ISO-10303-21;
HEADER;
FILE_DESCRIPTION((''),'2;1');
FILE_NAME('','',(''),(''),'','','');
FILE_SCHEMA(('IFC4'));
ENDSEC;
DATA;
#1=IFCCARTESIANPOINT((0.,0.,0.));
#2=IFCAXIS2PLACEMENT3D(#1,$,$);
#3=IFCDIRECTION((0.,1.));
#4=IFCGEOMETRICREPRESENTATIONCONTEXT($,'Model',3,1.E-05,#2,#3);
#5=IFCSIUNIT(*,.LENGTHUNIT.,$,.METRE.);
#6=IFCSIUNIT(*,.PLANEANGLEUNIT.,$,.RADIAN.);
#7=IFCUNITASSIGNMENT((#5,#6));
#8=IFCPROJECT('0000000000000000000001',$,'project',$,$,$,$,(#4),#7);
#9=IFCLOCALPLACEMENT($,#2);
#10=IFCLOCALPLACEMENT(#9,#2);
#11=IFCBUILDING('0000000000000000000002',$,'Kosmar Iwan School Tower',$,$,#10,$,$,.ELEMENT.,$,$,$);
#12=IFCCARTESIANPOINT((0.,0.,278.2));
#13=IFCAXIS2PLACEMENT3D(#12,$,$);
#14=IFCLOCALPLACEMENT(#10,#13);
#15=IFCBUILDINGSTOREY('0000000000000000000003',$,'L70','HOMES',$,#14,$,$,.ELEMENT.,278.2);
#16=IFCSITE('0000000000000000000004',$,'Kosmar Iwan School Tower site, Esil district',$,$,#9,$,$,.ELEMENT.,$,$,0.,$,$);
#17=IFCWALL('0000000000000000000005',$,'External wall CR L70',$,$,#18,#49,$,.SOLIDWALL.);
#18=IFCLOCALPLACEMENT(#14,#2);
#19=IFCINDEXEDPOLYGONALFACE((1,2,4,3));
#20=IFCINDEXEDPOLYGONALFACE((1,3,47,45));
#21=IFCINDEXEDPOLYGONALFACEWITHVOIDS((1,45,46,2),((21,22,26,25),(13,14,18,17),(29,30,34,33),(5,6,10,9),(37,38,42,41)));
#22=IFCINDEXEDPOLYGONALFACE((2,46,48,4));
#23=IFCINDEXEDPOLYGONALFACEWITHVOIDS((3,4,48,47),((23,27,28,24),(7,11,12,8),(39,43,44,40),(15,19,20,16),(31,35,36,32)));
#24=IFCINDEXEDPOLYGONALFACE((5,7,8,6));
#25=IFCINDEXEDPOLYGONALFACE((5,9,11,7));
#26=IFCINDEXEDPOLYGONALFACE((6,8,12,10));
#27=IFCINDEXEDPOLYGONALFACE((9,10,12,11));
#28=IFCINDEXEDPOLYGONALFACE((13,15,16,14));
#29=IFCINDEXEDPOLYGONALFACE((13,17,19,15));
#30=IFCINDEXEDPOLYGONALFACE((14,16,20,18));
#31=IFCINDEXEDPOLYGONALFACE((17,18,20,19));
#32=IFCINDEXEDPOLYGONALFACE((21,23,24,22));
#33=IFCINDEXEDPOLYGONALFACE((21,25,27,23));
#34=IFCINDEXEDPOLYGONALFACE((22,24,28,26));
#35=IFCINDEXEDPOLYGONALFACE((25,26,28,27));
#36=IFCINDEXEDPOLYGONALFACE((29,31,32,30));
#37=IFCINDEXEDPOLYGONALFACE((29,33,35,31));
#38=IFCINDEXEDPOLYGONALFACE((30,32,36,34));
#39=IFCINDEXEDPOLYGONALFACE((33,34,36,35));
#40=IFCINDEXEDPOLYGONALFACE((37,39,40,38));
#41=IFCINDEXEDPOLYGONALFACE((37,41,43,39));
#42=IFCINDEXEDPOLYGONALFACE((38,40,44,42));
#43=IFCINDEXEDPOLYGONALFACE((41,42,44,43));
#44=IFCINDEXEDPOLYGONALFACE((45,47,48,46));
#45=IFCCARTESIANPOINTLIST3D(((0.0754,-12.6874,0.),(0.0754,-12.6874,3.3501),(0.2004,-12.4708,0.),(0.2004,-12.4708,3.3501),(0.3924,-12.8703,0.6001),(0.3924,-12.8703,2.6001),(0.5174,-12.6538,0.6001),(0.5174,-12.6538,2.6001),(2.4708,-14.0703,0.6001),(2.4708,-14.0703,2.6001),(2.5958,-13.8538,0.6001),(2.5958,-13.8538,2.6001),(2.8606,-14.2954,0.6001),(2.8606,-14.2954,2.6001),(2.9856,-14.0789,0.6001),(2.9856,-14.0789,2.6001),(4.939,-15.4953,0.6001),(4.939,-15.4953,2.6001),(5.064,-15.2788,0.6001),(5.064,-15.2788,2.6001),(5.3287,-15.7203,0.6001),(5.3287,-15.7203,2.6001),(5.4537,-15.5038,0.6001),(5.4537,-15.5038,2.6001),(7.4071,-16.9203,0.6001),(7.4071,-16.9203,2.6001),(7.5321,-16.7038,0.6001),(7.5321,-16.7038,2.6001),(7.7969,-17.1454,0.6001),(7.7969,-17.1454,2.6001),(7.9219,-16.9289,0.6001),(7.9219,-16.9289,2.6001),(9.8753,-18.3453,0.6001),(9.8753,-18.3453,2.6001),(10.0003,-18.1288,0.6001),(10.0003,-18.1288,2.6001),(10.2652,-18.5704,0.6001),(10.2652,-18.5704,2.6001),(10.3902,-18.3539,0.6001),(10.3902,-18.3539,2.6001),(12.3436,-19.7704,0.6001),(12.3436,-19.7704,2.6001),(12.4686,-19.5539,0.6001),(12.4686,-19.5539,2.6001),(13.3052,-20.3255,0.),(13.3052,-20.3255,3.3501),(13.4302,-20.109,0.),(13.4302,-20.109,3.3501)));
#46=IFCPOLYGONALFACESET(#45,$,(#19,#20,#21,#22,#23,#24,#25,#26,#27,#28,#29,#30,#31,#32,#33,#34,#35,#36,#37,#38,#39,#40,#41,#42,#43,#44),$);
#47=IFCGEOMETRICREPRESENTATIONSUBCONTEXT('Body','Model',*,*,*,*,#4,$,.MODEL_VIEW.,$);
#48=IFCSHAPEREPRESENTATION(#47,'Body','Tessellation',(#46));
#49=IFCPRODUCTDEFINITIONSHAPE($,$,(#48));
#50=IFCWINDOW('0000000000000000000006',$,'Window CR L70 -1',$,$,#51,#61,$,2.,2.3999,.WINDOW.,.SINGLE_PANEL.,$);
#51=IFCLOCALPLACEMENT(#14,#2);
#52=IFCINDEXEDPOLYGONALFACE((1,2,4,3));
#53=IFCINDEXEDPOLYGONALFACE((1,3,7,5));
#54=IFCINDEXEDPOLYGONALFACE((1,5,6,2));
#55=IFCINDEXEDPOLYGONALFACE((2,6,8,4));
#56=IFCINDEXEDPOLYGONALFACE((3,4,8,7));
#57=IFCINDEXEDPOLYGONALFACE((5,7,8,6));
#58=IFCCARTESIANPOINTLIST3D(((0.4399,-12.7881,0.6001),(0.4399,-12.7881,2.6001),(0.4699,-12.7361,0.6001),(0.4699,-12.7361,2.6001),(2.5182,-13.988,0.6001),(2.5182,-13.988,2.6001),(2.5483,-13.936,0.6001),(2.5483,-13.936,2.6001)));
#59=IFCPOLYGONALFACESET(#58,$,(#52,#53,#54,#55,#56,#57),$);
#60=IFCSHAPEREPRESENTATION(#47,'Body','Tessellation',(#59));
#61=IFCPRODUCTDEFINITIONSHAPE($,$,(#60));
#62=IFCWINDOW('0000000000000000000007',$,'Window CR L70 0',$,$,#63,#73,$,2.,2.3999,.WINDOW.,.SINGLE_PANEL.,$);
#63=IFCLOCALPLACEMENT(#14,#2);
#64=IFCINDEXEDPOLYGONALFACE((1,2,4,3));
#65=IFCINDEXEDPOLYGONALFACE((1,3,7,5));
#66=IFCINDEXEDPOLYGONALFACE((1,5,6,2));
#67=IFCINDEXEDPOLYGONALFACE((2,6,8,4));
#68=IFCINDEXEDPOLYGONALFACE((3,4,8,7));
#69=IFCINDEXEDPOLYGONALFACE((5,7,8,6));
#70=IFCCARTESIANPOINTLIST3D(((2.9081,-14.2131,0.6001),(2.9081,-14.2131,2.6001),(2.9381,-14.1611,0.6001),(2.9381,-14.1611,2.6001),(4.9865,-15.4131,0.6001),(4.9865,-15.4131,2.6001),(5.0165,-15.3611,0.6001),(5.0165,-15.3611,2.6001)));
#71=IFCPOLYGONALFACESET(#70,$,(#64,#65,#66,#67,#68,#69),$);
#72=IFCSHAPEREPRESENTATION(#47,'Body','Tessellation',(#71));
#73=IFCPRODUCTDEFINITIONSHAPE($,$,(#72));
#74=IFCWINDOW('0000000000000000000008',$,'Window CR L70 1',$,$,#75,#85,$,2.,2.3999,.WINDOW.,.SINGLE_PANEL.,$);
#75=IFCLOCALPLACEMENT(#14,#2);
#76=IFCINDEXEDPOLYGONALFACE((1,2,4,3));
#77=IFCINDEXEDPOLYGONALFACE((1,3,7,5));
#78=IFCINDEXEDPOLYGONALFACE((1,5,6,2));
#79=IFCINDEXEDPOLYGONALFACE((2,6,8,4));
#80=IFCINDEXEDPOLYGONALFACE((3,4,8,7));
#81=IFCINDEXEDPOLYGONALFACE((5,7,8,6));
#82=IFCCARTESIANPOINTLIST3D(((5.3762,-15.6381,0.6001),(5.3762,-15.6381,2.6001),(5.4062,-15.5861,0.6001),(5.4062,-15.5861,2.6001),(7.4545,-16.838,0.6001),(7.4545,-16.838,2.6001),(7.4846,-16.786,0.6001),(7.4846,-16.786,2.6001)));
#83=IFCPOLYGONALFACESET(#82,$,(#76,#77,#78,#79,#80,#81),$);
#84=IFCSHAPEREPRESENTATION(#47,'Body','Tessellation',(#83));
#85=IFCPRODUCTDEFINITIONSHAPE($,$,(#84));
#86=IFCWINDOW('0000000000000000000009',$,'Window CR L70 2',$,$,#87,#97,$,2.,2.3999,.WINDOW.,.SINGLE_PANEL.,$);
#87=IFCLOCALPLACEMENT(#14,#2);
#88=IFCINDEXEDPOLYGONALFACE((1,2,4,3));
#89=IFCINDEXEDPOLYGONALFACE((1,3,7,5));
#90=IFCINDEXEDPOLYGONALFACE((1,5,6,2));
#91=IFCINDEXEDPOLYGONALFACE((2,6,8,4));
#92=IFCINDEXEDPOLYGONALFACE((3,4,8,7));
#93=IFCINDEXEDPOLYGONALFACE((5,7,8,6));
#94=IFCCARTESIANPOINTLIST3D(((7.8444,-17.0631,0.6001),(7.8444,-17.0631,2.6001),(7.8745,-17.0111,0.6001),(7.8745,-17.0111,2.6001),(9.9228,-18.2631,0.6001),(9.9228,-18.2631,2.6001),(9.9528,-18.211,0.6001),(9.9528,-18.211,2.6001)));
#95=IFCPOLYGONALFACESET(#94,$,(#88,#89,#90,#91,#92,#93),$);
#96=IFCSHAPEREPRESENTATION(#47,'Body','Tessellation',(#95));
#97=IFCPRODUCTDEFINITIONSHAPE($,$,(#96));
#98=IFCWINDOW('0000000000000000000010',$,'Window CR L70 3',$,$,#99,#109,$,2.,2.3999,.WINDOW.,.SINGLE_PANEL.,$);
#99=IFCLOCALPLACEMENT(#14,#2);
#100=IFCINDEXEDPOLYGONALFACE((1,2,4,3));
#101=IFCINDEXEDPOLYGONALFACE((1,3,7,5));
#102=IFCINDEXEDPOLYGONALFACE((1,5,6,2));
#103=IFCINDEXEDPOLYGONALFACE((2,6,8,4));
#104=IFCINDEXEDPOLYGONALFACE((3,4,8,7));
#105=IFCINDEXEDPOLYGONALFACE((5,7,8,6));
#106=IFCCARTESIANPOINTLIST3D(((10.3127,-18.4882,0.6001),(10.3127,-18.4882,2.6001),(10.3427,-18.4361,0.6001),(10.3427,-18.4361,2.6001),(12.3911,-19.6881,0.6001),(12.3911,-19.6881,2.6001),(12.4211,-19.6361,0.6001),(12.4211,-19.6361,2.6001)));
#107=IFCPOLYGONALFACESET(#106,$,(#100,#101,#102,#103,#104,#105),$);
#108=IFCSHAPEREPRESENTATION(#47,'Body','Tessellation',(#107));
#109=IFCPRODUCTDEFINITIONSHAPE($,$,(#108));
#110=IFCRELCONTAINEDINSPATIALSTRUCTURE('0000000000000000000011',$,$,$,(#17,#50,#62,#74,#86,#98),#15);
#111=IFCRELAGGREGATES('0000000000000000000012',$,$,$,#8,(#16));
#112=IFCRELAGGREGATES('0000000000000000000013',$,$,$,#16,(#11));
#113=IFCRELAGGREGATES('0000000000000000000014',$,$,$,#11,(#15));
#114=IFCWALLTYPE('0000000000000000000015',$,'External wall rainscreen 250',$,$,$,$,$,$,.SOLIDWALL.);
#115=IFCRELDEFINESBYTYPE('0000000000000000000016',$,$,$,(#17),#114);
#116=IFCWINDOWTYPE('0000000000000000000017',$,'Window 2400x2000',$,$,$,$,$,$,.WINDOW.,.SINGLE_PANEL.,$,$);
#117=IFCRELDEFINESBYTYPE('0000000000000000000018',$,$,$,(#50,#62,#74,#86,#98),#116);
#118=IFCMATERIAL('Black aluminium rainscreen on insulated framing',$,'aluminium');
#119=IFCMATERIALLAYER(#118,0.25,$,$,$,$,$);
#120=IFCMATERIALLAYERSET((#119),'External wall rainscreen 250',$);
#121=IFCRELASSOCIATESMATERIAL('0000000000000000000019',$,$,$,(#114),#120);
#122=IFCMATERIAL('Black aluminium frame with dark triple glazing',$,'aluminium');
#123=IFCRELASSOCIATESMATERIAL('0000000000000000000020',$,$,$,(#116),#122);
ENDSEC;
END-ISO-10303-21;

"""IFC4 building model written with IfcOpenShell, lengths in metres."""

from ifc_helpers import new_model, si_unit, direction, frame, frame_2d, origin, place, context, subcontext, project, spatial, rectangle, extrude, material, layer, layer_set, type_object, element, fill, save


model = new_model("IFC4")

# Units and contexts
model_context = context("Model", 3, precision=1e-05, world=origin(), true_north=direction((0.0, 1.0)))
body_context = subcontext(model_context, "Body", "Model", "MODEL_VIEW")
ifc_project = project(units=[si_unit("LENGTHUNIT", "METRE"), si_unit("PLANEANGLEUNIT", "RADIAN")], contexts=[model_context])

# Site, building, storey
site_placement = place(None, origin())
site = spatial("IfcSite", under=ifc_project, at=site_placement, Name="Kosmar Iwan School Tower site, Esil district", CompositionType="ELEMENT", RefElevation=0.0)
building_placement = place(site_placement, origin())
building = spatial("IfcBuilding", under=site, at=building_placement, Name="Kosmar Iwan School Tower", CompositionType="ELEMENT")
storey_placement = place(building_placement, frame((0.0, 0.0, 278.2)))
storey = spatial("IfcBuildingStorey", under=building, at=storey_placement, Name="L70", Description="HOMES", CompositionType="ELEMENT", Elevation=278.2)

# Wall, openings, windows
ifc_material_1 = material(Name="Black aluminium rainscreen on insulated framing", Category="aluminium")
ifc_layer_1 = layer(ifc_material_1, 0.25)
ifc_layer_set_1 = layer_set([ifc_layer_1], Name="External wall rainscreen 250")
wall_type_1 = type_object("IfcWallType", Name="External wall rainscreen 250", PredefinedType="SOLIDWALL", material=ifc_layer_set_1)
ifc_material_2 = material(Name="Black aluminium frame with dark triple glazing", Category="aluminium")
window_type = type_object("IfcWindowType", Name="Window 2400x2000", PartitioningType="SINGLE_PANEL", PredefinedType="WINDOW", material=ifc_material_2)
wall_1_placement = place(storey_placement, frame((0.1379, -12.5791, 0.0), z_axis=(0.0, 0.0, 1.0), x_axis=(0.866026, -0.5, 0.0)))
wall_1 = element("IfcWall", 1, at=wall_1_placement, inside=storey, type_object=wall_type_1, Name="External wall CR L70", PredefinedType="SOLIDWALL", context=body_context, shape_type="SweptSolid", body=[
    extrude(rectangle(XDim=15.2764, YDim=0.25, at=frame_2d((7.6382, 0.0))), origin(), (0.0, 0.0, 1.0), 3.3501),
])
opening_1_placement = place(wall_1_placement, frame((0.366, 0.0, 0.6001)))
opening_1 = element("IfcOpeningElement", 2, at=opening_1_placement, cuts=wall_1, PredefinedType="OPENING", context=body_context, shape_type="SweptSolid", body=[
    extrude(rectangle(XDim=2.3999, YDim=2.0, at=frame_2d((1.2, 1.0))), frame((0.0, 0.137, 0.0), z_axis=(0.0, -1.0, 0.0), x_axis=(1.0, 0.0, 0.0)), (0.0, 0.0, 1.0), 0.2739),
])
opening_2_placement = place(wall_1_placement, frame((3.2161, 0.0, 0.6001)))
opening_2 = element("IfcOpeningElement", 3, at=opening_2_placement, cuts=wall_1, PredefinedType="OPENING", context=body_context, shape_type="SweptSolid", body=[
    extrude(rectangle(XDim=2.3999, YDim=2.0, at=frame_2d((1.2, 1.0))), frame((0.0, 0.137, 0.0), z_axis=(0.0, -1.0, 0.0), x_axis=(1.0, 0.0, 0.0)), (0.0, 0.0, 1.0), 0.2739),
])
opening_3_placement = place(wall_1_placement, frame((6.0659, 0.0, 0.6001)))
opening_3 = element("IfcOpeningElement", 4, at=opening_3_placement, cuts=wall_1, PredefinedType="OPENING", context=body_context, shape_type="SweptSolid", body=[
    extrude(rectangle(XDim=2.3999, YDim=2.0, at=frame_2d((1.2, 1.0))), frame((0.0, 0.137, 0.0), z_axis=(0.0, -1.0, 0.0), x_axis=(1.0, 0.0, 0.0)), (0.0, 0.0, 1.0), 0.2739),
])
opening_4_placement = place(wall_1_placement, frame((8.916, 0.0, 0.6001)))
opening_4 = element("IfcOpeningElement", 5, at=opening_4_placement, cuts=wall_1, PredefinedType="OPENING", context=body_context, shape_type="SweptSolid", body=[
    extrude(rectangle(XDim=2.3999, YDim=2.0, at=frame_2d((1.2, 1.0))), frame((0.0, 0.137, 0.0), z_axis=(0.0, -1.0, 0.0), x_axis=(1.0, 0.0, 0.0)), (0.0, 0.0, 1.0), 0.2739),
])
opening_5_placement = place(wall_1_placement, frame((11.7661, 0.0, 0.6001)))
opening_5 = element("IfcOpeningElement", 6, at=opening_5_placement, cuts=wall_1, PredefinedType="OPENING", context=body_context, shape_type="SweptSolid", body=[
    extrude(rectangle(XDim=2.3999, YDim=2.0, at=frame_2d((1.2, 1.0))), frame((0.0, 0.137, 0.0), z_axis=(0.0, -1.0, 0.0), x_axis=(1.0, 0.0, 0.0)), (0.0, 0.0, 1.0), 0.2739),
])
window_1_placement = place(opening_1_placement, origin())
window_1 = element("IfcWindow", 7, at=window_1_placement, inside=storey, type_object=window_type, Name="Window CR L70 -1", OverallHeight=2.0, OverallWidth=2.3999, PartitioningType="SINGLE_PANEL", PredefinedType="WINDOW", context=body_context, shape_type="SweptSolid", body=[
    extrude(rectangle(XDim=2.3999, YDim=2.0, at=frame_2d((1.2, 1.0))), frame((0.0, 0.03, 0.0), z_axis=(0.0, -1.0, 0.0), x_axis=(1.0, 0.0, 0.0)), (0.0, 0.0, 1.0), 0.0601),
])
fill(opening_1, window_1)
window_2_placement = place(opening_2_placement, origin())
window_2 = element("IfcWindow", 8, at=window_2_placement, inside=storey, type_object=window_type, Name="Window CR L70 0", OverallHeight=2.0, OverallWidth=2.3999, PartitioningType="SINGLE_PANEL", PredefinedType="WINDOW", context=body_context, shape_type="SweptSolid", body=[
    extrude(rectangle(XDim=2.3999, YDim=2.0, at=frame_2d((1.2, 1.0))), frame((0.0, 0.03, 0.0), z_axis=(0.0, -1.0, 0.0), x_axis=(1.0, 0.0, 0.0)), (0.0, 0.0, 1.0), 0.0601),
])
fill(opening_2, window_2)
window_3_placement = place(opening_3_placement, origin())
window_3 = element("IfcWindow", 9, at=window_3_placement, inside=storey, type_object=window_type, Name="Window CR L70 1", OverallHeight=2.0, OverallWidth=2.3999, PartitioningType="SINGLE_PANEL", PredefinedType="WINDOW", context=body_context, shape_type="SweptSolid", body=[
    extrude(rectangle(XDim=2.3999, YDim=2.0, at=frame_2d((1.2, 1.0))), frame((0.0, 0.03, 0.0), z_axis=(0.0, -1.0, 0.0), x_axis=(1.0, 0.0, 0.0)), (0.0, 0.0, 1.0), 0.0601),
])
fill(opening_3, window_3)
window_4_placement = place(opening_4_placement, origin())
window_4 = element("IfcWindow", 10, at=window_4_placement, inside=storey, type_object=window_type, Name="Window CR L70 2", OverallHeight=2.0, OverallWidth=2.3999, PartitioningType="SINGLE_PANEL", PredefinedType="WINDOW", context=body_context, shape_type="SweptSolid", body=[
    extrude(rectangle(XDim=2.3999, YDim=2.0, at=frame_2d((1.2, 1.0))), frame((0.0, 0.03, 0.0), z_axis=(0.0, -1.0, 0.0), x_axis=(1.0, 0.0, 0.0)), (0.0, 0.0, 1.0), 0.0601),
])
fill(opening_4, window_4)
window_5_placement = place(opening_5_placement, origin())
window_5 = element("IfcWindow", 11, at=window_5_placement, inside=storey, type_object=window_type, Name="Window CR L70 3", OverallHeight=2.0, OverallWidth=2.3999, PartitioningType="SINGLE_PANEL", PredefinedType="WINDOW", context=body_context, shape_type="SweptSolid", body=[
    extrude(rectangle(XDim=2.3999, YDim=2.0, at=frame_2d((1.2, 1.0))), frame((0.0, 0.03, 0.0), z_axis=(0.0, -1.0, 0.0), x_axis=(1.0, 0.0, 0.0)), (0.0, 0.0, 1.0), 0.0601),
])
fill(opening_5, window_5)

save(model, "model.ifc")
